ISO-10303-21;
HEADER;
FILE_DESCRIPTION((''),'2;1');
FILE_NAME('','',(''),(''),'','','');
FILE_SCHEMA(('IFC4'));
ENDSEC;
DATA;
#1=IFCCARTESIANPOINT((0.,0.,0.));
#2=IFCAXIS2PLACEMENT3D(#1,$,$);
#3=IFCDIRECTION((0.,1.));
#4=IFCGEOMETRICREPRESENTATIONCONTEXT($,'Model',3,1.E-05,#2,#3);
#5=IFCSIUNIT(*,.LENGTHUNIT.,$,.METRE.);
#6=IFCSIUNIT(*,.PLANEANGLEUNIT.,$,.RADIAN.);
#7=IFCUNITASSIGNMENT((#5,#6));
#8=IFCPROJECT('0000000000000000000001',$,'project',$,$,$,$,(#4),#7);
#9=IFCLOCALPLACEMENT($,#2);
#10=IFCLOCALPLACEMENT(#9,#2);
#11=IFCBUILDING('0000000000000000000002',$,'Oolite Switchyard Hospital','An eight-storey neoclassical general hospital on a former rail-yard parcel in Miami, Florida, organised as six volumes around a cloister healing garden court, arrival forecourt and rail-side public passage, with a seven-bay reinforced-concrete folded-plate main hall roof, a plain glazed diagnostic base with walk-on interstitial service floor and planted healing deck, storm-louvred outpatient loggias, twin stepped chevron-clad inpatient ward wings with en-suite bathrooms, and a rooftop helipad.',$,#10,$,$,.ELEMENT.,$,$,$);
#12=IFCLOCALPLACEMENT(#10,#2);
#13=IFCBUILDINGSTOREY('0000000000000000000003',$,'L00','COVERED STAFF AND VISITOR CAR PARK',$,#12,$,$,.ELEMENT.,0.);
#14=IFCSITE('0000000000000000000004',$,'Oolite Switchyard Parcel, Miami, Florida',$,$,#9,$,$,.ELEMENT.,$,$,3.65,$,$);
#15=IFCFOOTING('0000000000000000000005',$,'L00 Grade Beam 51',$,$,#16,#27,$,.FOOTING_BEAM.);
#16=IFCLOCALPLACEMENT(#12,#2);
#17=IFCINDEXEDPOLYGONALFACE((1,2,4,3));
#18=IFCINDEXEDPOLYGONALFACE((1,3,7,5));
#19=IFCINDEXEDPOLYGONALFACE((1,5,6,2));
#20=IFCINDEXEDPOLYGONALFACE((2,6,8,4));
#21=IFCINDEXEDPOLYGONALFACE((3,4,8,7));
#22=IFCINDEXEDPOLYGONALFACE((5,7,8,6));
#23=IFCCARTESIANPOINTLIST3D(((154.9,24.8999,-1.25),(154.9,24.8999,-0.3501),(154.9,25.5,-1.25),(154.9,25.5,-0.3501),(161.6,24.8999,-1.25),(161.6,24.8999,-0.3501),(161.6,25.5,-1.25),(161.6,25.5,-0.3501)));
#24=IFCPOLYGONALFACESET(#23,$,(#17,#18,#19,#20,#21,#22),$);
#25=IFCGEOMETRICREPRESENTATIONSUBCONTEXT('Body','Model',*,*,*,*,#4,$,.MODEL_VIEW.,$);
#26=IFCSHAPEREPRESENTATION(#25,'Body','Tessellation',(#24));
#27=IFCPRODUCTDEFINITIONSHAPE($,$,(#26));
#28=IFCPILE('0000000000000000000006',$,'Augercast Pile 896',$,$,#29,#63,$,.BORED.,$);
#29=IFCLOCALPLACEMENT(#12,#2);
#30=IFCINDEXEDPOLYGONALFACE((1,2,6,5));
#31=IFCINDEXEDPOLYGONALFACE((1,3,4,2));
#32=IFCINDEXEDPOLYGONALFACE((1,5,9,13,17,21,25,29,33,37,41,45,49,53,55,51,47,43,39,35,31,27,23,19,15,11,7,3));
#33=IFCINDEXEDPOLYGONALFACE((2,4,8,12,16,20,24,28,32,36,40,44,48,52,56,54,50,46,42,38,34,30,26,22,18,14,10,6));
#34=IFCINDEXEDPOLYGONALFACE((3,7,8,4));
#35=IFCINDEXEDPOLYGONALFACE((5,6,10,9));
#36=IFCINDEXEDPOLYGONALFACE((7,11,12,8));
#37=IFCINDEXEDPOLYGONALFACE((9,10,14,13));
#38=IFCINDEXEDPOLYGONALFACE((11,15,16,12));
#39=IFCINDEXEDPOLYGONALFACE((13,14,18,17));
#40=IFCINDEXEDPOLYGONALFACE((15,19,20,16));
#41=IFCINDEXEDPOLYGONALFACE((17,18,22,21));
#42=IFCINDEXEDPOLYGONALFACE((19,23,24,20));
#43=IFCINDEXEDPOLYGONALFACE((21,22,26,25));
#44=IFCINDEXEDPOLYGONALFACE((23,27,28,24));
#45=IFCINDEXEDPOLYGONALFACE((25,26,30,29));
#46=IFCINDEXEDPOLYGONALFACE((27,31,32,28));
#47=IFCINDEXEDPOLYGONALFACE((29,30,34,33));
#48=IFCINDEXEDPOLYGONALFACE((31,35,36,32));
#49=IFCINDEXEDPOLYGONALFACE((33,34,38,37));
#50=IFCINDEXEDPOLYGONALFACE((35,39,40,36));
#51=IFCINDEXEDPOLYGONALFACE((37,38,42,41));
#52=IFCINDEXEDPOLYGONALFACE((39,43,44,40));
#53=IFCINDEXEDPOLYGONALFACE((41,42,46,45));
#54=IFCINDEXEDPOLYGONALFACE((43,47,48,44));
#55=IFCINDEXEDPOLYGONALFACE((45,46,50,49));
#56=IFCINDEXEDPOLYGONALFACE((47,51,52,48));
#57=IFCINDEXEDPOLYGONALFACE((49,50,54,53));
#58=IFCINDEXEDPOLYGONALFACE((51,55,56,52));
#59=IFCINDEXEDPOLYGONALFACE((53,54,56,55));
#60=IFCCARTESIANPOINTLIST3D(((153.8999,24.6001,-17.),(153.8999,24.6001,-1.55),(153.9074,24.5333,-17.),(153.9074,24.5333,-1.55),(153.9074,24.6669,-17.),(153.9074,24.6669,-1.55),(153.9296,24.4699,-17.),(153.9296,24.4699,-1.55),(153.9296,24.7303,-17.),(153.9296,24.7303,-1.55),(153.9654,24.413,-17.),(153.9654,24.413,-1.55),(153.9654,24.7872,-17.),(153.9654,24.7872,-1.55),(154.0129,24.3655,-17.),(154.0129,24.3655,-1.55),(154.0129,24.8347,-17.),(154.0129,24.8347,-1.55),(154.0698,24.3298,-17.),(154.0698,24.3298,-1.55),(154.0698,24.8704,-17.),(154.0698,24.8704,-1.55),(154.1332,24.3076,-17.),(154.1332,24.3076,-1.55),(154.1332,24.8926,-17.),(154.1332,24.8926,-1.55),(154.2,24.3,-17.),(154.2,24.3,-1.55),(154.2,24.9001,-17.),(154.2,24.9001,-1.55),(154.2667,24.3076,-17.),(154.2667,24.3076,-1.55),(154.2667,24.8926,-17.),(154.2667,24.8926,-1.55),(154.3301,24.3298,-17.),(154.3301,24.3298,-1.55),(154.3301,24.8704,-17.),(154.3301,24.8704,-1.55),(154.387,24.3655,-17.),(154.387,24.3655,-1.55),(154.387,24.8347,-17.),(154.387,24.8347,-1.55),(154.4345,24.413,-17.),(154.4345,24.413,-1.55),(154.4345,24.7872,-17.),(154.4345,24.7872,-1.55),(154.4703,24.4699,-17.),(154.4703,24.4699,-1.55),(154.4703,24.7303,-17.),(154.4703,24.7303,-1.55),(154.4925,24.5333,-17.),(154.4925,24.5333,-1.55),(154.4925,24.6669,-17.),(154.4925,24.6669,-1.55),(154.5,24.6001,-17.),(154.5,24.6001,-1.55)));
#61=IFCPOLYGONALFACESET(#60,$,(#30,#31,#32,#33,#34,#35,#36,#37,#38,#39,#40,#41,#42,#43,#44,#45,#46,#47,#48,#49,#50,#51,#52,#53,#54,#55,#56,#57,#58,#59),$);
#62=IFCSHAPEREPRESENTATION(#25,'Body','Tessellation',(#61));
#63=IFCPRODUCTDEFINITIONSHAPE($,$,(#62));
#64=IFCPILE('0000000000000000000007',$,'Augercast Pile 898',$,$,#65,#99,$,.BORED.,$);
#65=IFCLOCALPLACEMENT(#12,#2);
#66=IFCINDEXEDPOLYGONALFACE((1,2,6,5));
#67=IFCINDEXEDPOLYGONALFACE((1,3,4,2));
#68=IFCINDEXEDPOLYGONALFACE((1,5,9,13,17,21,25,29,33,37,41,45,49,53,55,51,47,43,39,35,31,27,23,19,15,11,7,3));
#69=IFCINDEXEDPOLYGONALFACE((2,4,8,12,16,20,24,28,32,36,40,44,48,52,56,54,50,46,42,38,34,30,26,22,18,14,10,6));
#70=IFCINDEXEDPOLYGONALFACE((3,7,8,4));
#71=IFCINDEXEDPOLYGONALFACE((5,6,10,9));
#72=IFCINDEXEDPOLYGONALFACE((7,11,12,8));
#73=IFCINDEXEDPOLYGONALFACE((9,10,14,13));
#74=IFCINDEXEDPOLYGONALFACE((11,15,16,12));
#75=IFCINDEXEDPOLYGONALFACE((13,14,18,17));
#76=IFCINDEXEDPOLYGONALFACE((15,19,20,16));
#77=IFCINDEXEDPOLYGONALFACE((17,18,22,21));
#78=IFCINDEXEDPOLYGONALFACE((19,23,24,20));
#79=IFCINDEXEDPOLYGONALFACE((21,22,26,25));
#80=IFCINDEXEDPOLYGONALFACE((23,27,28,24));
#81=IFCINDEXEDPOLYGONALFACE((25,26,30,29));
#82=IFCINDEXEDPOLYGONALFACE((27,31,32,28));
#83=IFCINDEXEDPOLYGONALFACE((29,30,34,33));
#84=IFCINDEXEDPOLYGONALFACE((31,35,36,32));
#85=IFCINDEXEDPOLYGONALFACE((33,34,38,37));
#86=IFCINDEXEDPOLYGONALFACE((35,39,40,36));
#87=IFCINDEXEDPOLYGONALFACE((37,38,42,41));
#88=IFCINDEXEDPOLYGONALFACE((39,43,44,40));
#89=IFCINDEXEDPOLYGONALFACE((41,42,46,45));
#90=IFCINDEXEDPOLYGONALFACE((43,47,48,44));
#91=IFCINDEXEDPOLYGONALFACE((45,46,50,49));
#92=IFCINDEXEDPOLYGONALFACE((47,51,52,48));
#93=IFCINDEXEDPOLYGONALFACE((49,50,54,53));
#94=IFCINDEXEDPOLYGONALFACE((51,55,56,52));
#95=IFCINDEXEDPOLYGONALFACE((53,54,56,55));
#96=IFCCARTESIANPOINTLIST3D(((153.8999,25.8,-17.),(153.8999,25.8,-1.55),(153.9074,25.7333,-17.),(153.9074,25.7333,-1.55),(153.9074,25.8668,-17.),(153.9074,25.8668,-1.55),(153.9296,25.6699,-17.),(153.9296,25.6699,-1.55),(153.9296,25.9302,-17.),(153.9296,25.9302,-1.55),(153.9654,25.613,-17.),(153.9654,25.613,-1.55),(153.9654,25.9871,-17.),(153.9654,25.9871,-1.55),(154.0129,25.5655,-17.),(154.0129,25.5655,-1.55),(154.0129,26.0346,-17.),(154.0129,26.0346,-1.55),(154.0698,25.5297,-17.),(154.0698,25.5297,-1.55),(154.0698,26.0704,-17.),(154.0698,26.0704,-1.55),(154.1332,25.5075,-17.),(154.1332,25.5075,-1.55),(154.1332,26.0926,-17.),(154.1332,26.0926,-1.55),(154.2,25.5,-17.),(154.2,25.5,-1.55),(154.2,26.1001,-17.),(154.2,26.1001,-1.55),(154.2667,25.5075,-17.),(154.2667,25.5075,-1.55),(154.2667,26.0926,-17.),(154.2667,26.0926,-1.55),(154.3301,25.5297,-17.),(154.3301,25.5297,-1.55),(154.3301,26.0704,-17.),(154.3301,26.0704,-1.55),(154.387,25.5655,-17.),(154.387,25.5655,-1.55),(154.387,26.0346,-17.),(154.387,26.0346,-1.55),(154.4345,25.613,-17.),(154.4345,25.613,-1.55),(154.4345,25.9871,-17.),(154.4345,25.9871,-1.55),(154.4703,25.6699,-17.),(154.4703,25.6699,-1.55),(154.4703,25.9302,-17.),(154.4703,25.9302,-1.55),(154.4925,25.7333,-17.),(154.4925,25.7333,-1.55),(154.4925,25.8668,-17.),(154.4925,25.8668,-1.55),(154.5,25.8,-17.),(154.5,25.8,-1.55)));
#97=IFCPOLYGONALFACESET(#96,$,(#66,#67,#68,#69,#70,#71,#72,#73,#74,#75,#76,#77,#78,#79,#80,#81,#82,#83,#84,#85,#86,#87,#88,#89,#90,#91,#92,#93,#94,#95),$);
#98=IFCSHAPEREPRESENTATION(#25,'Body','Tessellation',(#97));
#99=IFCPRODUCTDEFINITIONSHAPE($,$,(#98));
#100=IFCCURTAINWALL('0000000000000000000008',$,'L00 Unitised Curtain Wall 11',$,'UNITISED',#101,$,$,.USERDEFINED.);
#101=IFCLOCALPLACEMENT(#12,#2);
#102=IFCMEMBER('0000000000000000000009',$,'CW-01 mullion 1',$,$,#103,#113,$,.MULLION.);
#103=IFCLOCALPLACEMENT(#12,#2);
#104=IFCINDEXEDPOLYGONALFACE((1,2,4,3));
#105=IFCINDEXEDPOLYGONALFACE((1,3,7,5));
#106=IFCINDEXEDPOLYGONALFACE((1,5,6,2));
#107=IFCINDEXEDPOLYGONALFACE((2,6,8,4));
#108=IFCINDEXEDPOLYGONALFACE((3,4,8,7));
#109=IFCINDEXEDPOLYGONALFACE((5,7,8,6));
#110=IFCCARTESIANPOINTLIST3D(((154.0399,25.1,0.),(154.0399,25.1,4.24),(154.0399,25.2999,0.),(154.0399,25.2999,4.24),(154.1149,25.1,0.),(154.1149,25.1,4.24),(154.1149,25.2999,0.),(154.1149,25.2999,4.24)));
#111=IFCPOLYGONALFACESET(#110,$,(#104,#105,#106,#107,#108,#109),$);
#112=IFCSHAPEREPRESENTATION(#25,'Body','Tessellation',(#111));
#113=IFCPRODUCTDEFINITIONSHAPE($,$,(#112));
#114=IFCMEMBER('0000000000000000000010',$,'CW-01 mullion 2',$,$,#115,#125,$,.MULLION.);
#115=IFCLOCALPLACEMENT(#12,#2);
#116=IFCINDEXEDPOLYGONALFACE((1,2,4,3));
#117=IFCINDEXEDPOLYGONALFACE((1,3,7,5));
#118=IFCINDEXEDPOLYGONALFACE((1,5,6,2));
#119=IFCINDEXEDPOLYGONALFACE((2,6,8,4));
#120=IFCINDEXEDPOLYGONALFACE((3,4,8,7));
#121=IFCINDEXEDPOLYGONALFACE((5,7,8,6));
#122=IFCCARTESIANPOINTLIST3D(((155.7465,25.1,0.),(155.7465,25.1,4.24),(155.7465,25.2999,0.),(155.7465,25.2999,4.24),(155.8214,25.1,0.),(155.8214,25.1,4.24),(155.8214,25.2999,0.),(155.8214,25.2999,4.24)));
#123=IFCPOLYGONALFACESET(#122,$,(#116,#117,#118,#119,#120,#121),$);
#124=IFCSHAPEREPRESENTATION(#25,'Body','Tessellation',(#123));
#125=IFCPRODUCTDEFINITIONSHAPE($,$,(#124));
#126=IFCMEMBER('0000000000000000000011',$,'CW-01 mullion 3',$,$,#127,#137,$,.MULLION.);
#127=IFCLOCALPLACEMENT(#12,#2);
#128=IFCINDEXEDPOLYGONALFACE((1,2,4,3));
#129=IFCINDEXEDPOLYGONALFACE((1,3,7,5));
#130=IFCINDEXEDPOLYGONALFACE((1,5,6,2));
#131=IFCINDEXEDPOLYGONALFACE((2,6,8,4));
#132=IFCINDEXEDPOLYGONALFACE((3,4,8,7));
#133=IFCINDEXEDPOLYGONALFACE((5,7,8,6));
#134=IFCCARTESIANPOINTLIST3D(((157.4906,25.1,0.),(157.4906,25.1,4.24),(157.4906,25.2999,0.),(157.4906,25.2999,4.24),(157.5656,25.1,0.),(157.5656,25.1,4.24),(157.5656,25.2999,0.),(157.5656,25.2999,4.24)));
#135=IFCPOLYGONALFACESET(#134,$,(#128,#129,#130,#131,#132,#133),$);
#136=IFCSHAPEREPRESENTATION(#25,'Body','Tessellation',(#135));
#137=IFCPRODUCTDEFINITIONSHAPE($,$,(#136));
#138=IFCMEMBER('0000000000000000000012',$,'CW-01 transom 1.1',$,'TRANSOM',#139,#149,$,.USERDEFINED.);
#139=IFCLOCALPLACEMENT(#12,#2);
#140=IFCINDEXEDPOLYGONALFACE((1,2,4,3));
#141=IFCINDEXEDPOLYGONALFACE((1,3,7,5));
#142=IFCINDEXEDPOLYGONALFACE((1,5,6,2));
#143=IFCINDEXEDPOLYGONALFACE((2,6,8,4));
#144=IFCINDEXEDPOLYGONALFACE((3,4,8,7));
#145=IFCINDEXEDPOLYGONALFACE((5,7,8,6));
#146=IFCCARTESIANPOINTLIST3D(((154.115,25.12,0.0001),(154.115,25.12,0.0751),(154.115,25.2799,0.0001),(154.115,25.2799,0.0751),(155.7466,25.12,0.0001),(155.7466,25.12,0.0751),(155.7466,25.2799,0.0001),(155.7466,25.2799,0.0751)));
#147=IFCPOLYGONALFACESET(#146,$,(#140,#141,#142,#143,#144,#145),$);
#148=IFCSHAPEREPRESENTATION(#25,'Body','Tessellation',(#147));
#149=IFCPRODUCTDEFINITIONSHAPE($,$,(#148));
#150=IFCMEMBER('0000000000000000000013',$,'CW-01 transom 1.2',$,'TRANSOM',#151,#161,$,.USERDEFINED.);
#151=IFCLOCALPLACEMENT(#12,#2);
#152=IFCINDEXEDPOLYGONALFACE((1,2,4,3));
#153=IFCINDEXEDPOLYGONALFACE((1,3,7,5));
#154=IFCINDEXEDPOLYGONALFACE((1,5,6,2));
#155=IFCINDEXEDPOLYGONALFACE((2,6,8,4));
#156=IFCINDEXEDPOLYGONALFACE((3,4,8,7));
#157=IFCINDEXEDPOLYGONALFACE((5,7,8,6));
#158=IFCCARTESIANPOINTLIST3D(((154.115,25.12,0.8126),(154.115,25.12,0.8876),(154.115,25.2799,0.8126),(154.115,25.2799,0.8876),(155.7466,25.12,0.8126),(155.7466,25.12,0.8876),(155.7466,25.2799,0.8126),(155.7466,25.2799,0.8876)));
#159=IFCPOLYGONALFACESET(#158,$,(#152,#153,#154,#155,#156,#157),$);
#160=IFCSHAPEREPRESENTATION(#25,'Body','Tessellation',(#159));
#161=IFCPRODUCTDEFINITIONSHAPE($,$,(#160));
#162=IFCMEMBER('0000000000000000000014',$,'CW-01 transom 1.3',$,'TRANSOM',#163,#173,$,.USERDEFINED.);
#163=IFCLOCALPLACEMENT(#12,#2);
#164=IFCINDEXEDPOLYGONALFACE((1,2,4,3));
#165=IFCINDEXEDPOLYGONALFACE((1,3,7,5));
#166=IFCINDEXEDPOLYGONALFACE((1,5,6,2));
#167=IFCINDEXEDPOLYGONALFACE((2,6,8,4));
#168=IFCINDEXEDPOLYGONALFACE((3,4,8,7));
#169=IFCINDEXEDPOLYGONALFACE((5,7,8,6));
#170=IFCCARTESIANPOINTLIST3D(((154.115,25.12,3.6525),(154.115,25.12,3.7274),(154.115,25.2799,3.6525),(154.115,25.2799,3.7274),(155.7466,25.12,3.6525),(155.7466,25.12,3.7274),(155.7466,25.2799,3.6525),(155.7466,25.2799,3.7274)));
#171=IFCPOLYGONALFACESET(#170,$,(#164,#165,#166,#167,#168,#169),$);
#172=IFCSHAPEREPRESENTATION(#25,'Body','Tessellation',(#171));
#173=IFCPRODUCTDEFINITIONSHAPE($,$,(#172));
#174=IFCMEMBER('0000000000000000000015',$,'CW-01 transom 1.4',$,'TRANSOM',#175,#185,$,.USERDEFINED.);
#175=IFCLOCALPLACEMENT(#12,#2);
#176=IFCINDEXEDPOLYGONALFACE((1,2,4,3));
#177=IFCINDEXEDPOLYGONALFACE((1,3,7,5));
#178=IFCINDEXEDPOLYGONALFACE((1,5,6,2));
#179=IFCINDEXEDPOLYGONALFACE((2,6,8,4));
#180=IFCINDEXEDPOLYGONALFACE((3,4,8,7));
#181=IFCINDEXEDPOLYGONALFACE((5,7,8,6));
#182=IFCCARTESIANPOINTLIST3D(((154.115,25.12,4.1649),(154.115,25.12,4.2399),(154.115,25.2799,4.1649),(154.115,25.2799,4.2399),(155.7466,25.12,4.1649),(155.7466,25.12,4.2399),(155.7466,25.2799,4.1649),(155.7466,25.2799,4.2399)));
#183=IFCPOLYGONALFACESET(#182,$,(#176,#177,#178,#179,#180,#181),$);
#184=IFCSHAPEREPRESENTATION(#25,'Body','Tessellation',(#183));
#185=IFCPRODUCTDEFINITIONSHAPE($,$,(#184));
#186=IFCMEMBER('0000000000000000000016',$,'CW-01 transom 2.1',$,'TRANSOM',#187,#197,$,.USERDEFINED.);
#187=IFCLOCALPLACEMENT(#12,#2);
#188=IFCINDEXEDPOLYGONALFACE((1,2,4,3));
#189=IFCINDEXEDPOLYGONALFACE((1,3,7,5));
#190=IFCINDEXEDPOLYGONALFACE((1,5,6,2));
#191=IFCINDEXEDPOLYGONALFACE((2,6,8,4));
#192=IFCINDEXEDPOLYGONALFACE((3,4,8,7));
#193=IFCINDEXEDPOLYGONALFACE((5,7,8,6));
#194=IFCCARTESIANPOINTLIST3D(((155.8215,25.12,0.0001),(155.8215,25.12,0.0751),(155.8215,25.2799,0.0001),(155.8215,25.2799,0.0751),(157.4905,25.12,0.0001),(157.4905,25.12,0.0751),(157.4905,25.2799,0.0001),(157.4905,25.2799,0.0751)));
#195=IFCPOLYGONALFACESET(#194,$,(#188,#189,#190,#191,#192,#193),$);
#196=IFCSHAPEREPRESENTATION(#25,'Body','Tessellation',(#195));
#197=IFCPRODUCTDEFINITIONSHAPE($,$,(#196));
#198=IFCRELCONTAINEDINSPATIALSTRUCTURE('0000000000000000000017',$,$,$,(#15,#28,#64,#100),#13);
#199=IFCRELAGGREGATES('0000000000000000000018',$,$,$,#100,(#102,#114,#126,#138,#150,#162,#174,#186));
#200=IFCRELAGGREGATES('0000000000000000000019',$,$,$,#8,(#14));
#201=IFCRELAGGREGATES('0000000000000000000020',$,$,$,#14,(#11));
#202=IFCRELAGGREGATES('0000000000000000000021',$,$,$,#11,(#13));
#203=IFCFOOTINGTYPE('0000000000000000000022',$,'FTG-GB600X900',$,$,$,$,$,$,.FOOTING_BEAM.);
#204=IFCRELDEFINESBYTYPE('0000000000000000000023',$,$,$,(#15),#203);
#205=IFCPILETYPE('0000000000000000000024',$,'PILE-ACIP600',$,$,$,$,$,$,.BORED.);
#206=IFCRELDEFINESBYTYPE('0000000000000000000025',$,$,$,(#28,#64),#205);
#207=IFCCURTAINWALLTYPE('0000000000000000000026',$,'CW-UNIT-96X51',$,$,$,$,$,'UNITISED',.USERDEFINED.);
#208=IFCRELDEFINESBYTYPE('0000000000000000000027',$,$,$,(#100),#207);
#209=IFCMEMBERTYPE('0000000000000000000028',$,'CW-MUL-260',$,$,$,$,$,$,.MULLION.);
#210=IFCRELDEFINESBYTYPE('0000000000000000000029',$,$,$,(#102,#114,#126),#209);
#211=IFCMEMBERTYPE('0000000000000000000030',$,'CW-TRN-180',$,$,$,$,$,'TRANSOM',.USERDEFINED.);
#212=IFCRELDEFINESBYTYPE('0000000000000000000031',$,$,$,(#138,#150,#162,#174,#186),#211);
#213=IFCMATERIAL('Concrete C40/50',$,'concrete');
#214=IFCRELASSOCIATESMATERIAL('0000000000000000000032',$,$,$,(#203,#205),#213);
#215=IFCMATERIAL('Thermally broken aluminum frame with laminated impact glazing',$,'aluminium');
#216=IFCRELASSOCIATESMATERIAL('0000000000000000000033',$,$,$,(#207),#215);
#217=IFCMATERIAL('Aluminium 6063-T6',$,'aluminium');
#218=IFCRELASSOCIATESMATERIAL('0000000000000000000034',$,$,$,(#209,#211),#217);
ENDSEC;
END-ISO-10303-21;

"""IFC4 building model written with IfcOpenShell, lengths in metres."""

from ifc_helpers import new_model, si_unit, direction, frame, origin, origin_2d, place, context, subcontext, project, spatial, rectangle, circle, extrude, material, material_profile, profile_set, type_object, element, aggregate, save


model = new_model("IFC4")

# Units and contexts
model_context = context("Model", 3, precision=1e-05, world=origin(), true_north=direction((0.0, 1.0)))
body_context = subcontext(model_context, "Body", "Model", "MODEL_VIEW")
ifc_project = project(units=[si_unit("LENGTHUNIT", "METRE"), si_unit("PLANEANGLEUNIT", "RADIAN")], contexts=[model_context])

# Site, building, storey
site_placement = place(None, origin())
site = spatial("IfcSite", under=ifc_project, at=site_placement, Name="Oolite Switchyard Parcel, Miami, Florida", CompositionType="ELEMENT", RefElevation=3.65)
building_placement = place(site_placement, origin())
building = spatial("IfcBuilding", under=site, at=building_placement, Name="Oolite Switchyard Hospital", Description="An eight-storey neoclassical general hospital on a former rail-yard parcel in Miami, Florida, organised as six volumes around a cloister healing garden court, arrival forecourt and rail-side public passage, with a seven-bay reinforced-concrete folded-plate main hall roof, a plain glazed diagnostic base with walk-on interstitial service floor and planted healing deck, storm-louvred outpatient loggias, twin stepped chevron-clad inpatient ward wings with en-suite bathrooms, and a rooftop helipad.", CompositionType="ELEMENT")
storey_placement = place(building_placement, origin())
storey = spatial("IfcBuildingStorey", under=building, at=storey_placement, Name="L00", Description="COVERED STAFF AND VISITOR CAR PARK", CompositionType="ELEMENT", Elevation=0.0)

# Footing
ifc_material_1 = material(Name="Concrete C40/50", Category="concrete")
footing_type = type_object("IfcFootingType", Name="FTG-GB600X900", PredefinedType="FOOTING_BEAM", material=ifc_material_1)
footing_placement = place(storey_placement, frame((158.25, 25.2, -1.25), z_axis=(0.0, 0.0, 1.0), x_axis=(1.0, 0.0, 0.0)))
element("IfcFooting", 1, at=footing_placement, inside=storey, type_object=footing_type, Name="L00 Grade Beam 51", PredefinedType="FOOTING_BEAM", context=body_context, shape_type="SweptSolid", body=[
    extrude(rectangle(XDim=6.7, YDim=0.6001, at=origin_2d()), origin(), (0.0, 0.0, 1.0), 0.8999),
])

# Piles
ifc_material_profile_1 = material_profile(ifc_material_1, circle(Radius=0.3, at=origin_2d()), Name="PILE600")
ifc_profile_set_1 = profile_set([ifc_material_profile_1], Name="Concrete C40/50")
pile_type = type_object("IfcPileType", Name="PILE-ACIP600", PredefinedType="BORED", material=ifc_profile_set_1)
for number, where, z_axis, x_axis, name in (
    (2, (154.2, 24.6001, -1.55), (0.0, 0.0, -1.0), (1.0, 0.0, 0.0), "Augercast Pile 896"),
    (3, (154.2, 25.8, -1.55), (0.0, 0.0, -1.0), (1.0, 0.0, 0.0), "Augercast Pile 898"),
):
    element("IfcPile", number, at=place(storey_placement, frame(where, z_axis=z_axis, x_axis=x_axis)), inside=storey, type_object=pile_type, Name=name, PredefinedType="BORED", context=body_context, shape_type="SweptSolid", body=[
        extrude(circle(Radius=0.3, at=origin_2d()), origin(), (0.0, 0.0, 1.0), 15.45),
    ])

# Curtain wall, members
ifc_material_2 = material(Name="Thermally broken aluminum frame with laminated impact glazing", Category="aluminium")
curtain_wall_type = type_object("IfcCurtainWallType", Name="CW-UNIT-96X51", ElementType="UNITISED", PredefinedType="USERDEFINED", material=ifc_material_2)
curtain_wall_placement = place(storey_placement, origin())
curtain_wall = element("IfcCurtainWall", 4, at=curtain_wall_placement, inside=storey, type_object=curtain_wall_type, Name="L00 Unitised Curtain Wall 11", ObjectType="UNITISED", PredefinedType="USERDEFINED")
ifc_material_3 = material(Name="Aluminium 6063-T6", Category="aluminium")
ifc_material_profile_2 = material_profile(ifc_material_3, rectangle(XDim=0.2, YDim=0.075, at=origin_2d()), Name="CWM75X200")
ifc_profile_set_2 = profile_set([ifc_material_profile_2], Name="Aluminium 6063-T6")
member_type_1 = type_object("IfcMemberType", Name="CW-MUL-260", PredefinedType="MULLION", material=ifc_profile_set_2)
member_1_placement = place(storey_placement, frame((154.0774, 25.2, 0.0), z_axis=(0.0, 0.0, 1.0), x_axis=(0.0, 1.0, 0.0)))
member_1 = element("IfcMember", 5, at=member_1_placement, type_object=member_type_1, Name="CW-01 mullion 1", PredefinedType="MULLION", context=body_context, shape_type="SweptSolid", body=[
    extrude(rectangle(XDim=0.2, YDim=0.075, at=origin_2d()), origin(), (0.0, 0.0, 1.0), 4.24),
])
member_2_placement = place(storey_placement, frame((155.7839, 25.2, 0.0), z_axis=(0.0, 0.0, 1.0), x_axis=(0.0, 1.0, 0.0)))
member_2 = element("IfcMember", 6, at=member_2_placement, type_object=member_type_1, Name="CW-01 mullion 2", PredefinedType="MULLION", context=body_context, shape_type="SweptSolid", body=[
    extrude(rectangle(XDim=0.2, YDim=0.075, at=origin_2d()), origin(), (0.0, 0.0, 1.0), 4.24),
])
member_3_placement = place(storey_placement, frame((157.5281, 25.2, 0.0), z_axis=(0.0, 0.0, 1.0), x_axis=(0.0, 1.0, 0.0)))
member_3 = element("IfcMember", 7, at=member_3_placement, type_object=member_type_1, Name="CW-01 mullion 3", PredefinedType="MULLION", context=body_context, shape_type="SweptSolid", body=[
    extrude(rectangle(XDim=0.2, YDim=0.075, at=origin_2d()), origin(), (0.0, 0.0, 1.0), 4.24),
])
ifc_material_profile_3 = material_profile(ifc_material_3, rectangle(XDim=0.1599, YDim=0.075, at=origin_2d()), Name="CWT75X160")
ifc_profile_set_3 = profile_set([ifc_material_profile_3], Name="Aluminium 6063-T6")
member_type_2 = type_object("IfcMemberType", Name="CW-TRN-180", ElementType="TRANSOM", PredefinedType="USERDEFINED", material=ifc_profile_set_3)
member_4_placement = place(storey_placement, frame((154.115, 25.2, 0.0376), z_axis=(1.0, 0.0, 0.0), x_axis=(0.0, 1.0, 0.0)))
member_4 = element("IfcMember", 8, at=member_4_placement, type_object=member_type_2, Name="CW-01 transom 1.1", ObjectType="TRANSOM", PredefinedType="USERDEFINED", context=body_context, shape_type="SweptSolid", body=[
    extrude(rectangle(XDim=0.1599, YDim=0.075, at=origin_2d()), origin(), (0.0, 0.0, 1.0), 1.6316),
])
member_5_placement = place(storey_placement, frame((154.115, 25.2, 0.8501), z_axis=(1.0, 0.0, 0.0), x_axis=(0.0, 1.0, 0.0)))
member_5 = element("IfcMember", 9, at=member_5_placement, type_object=member_type_2, Name="CW-01 transom 1.2", ObjectType="TRANSOM", PredefinedType="USERDEFINED", context=body_context, shape_type="SweptSolid", body=[
    extrude(rectangle(XDim=0.1599, YDim=0.075, at=origin_2d()), origin(), (0.0, 0.0, 1.0), 1.6316),
])
member_6_placement = place(storey_placement, frame((154.115, 25.2, 3.6899), z_axis=(1.0, 0.0, 0.0), x_axis=(0.0, 1.0, 0.0)))
member_6 = element("IfcMember", 10, at=member_6_placement, type_object=member_type_2, Name="CW-01 transom 1.3", ObjectType="TRANSOM", PredefinedType="USERDEFINED", context=body_context, shape_type="SweptSolid", body=[
    extrude(rectangle(XDim=0.1599, YDim=0.075, at=origin_2d()), origin(), (0.0, 0.0, 1.0), 1.6316),
])
member_7_placement = place(storey_placement, frame((154.115, 25.2, 4.2024), z_axis=(1.0, 0.0, 0.0), x_axis=(0.0, 1.0, 0.0)))
member_7 = element("IfcMember", 11, at=member_7_placement, type_object=member_type_2, Name="CW-01 transom 1.4", ObjectType="TRANSOM", PredefinedType="USERDEFINED", context=body_context, shape_type="SweptSolid", body=[
    extrude(rectangle(XDim=0.1599, YDim=0.075, at=origin_2d()), origin(), (0.0, 0.0, 1.0), 1.6316),
])
member_8_placement = place(storey_placement, frame((155.8215, 25.2, 0.0376), z_axis=(1.0, 0.0, 0.0), x_axis=(0.0, 1.0, 0.0)))
member_8 = element("IfcMember", 12, at=member_8_placement, type_object=member_type_2, Name="CW-01 transom 2.1", ObjectType="TRANSOM", PredefinedType="USERDEFINED", context=body_context, shape_type="SweptSolid", body=[
    extrude(rectangle(XDim=0.1599, YDim=0.075, at=origin_2d()), origin(), (0.0, 0.0, 1.0), 1.6689),
])
aggregate(curtain_wall, [member_1, member_2, member_3, member_4, member_5, member_6, member_7, member_8])

save(model, "model.ifc")
